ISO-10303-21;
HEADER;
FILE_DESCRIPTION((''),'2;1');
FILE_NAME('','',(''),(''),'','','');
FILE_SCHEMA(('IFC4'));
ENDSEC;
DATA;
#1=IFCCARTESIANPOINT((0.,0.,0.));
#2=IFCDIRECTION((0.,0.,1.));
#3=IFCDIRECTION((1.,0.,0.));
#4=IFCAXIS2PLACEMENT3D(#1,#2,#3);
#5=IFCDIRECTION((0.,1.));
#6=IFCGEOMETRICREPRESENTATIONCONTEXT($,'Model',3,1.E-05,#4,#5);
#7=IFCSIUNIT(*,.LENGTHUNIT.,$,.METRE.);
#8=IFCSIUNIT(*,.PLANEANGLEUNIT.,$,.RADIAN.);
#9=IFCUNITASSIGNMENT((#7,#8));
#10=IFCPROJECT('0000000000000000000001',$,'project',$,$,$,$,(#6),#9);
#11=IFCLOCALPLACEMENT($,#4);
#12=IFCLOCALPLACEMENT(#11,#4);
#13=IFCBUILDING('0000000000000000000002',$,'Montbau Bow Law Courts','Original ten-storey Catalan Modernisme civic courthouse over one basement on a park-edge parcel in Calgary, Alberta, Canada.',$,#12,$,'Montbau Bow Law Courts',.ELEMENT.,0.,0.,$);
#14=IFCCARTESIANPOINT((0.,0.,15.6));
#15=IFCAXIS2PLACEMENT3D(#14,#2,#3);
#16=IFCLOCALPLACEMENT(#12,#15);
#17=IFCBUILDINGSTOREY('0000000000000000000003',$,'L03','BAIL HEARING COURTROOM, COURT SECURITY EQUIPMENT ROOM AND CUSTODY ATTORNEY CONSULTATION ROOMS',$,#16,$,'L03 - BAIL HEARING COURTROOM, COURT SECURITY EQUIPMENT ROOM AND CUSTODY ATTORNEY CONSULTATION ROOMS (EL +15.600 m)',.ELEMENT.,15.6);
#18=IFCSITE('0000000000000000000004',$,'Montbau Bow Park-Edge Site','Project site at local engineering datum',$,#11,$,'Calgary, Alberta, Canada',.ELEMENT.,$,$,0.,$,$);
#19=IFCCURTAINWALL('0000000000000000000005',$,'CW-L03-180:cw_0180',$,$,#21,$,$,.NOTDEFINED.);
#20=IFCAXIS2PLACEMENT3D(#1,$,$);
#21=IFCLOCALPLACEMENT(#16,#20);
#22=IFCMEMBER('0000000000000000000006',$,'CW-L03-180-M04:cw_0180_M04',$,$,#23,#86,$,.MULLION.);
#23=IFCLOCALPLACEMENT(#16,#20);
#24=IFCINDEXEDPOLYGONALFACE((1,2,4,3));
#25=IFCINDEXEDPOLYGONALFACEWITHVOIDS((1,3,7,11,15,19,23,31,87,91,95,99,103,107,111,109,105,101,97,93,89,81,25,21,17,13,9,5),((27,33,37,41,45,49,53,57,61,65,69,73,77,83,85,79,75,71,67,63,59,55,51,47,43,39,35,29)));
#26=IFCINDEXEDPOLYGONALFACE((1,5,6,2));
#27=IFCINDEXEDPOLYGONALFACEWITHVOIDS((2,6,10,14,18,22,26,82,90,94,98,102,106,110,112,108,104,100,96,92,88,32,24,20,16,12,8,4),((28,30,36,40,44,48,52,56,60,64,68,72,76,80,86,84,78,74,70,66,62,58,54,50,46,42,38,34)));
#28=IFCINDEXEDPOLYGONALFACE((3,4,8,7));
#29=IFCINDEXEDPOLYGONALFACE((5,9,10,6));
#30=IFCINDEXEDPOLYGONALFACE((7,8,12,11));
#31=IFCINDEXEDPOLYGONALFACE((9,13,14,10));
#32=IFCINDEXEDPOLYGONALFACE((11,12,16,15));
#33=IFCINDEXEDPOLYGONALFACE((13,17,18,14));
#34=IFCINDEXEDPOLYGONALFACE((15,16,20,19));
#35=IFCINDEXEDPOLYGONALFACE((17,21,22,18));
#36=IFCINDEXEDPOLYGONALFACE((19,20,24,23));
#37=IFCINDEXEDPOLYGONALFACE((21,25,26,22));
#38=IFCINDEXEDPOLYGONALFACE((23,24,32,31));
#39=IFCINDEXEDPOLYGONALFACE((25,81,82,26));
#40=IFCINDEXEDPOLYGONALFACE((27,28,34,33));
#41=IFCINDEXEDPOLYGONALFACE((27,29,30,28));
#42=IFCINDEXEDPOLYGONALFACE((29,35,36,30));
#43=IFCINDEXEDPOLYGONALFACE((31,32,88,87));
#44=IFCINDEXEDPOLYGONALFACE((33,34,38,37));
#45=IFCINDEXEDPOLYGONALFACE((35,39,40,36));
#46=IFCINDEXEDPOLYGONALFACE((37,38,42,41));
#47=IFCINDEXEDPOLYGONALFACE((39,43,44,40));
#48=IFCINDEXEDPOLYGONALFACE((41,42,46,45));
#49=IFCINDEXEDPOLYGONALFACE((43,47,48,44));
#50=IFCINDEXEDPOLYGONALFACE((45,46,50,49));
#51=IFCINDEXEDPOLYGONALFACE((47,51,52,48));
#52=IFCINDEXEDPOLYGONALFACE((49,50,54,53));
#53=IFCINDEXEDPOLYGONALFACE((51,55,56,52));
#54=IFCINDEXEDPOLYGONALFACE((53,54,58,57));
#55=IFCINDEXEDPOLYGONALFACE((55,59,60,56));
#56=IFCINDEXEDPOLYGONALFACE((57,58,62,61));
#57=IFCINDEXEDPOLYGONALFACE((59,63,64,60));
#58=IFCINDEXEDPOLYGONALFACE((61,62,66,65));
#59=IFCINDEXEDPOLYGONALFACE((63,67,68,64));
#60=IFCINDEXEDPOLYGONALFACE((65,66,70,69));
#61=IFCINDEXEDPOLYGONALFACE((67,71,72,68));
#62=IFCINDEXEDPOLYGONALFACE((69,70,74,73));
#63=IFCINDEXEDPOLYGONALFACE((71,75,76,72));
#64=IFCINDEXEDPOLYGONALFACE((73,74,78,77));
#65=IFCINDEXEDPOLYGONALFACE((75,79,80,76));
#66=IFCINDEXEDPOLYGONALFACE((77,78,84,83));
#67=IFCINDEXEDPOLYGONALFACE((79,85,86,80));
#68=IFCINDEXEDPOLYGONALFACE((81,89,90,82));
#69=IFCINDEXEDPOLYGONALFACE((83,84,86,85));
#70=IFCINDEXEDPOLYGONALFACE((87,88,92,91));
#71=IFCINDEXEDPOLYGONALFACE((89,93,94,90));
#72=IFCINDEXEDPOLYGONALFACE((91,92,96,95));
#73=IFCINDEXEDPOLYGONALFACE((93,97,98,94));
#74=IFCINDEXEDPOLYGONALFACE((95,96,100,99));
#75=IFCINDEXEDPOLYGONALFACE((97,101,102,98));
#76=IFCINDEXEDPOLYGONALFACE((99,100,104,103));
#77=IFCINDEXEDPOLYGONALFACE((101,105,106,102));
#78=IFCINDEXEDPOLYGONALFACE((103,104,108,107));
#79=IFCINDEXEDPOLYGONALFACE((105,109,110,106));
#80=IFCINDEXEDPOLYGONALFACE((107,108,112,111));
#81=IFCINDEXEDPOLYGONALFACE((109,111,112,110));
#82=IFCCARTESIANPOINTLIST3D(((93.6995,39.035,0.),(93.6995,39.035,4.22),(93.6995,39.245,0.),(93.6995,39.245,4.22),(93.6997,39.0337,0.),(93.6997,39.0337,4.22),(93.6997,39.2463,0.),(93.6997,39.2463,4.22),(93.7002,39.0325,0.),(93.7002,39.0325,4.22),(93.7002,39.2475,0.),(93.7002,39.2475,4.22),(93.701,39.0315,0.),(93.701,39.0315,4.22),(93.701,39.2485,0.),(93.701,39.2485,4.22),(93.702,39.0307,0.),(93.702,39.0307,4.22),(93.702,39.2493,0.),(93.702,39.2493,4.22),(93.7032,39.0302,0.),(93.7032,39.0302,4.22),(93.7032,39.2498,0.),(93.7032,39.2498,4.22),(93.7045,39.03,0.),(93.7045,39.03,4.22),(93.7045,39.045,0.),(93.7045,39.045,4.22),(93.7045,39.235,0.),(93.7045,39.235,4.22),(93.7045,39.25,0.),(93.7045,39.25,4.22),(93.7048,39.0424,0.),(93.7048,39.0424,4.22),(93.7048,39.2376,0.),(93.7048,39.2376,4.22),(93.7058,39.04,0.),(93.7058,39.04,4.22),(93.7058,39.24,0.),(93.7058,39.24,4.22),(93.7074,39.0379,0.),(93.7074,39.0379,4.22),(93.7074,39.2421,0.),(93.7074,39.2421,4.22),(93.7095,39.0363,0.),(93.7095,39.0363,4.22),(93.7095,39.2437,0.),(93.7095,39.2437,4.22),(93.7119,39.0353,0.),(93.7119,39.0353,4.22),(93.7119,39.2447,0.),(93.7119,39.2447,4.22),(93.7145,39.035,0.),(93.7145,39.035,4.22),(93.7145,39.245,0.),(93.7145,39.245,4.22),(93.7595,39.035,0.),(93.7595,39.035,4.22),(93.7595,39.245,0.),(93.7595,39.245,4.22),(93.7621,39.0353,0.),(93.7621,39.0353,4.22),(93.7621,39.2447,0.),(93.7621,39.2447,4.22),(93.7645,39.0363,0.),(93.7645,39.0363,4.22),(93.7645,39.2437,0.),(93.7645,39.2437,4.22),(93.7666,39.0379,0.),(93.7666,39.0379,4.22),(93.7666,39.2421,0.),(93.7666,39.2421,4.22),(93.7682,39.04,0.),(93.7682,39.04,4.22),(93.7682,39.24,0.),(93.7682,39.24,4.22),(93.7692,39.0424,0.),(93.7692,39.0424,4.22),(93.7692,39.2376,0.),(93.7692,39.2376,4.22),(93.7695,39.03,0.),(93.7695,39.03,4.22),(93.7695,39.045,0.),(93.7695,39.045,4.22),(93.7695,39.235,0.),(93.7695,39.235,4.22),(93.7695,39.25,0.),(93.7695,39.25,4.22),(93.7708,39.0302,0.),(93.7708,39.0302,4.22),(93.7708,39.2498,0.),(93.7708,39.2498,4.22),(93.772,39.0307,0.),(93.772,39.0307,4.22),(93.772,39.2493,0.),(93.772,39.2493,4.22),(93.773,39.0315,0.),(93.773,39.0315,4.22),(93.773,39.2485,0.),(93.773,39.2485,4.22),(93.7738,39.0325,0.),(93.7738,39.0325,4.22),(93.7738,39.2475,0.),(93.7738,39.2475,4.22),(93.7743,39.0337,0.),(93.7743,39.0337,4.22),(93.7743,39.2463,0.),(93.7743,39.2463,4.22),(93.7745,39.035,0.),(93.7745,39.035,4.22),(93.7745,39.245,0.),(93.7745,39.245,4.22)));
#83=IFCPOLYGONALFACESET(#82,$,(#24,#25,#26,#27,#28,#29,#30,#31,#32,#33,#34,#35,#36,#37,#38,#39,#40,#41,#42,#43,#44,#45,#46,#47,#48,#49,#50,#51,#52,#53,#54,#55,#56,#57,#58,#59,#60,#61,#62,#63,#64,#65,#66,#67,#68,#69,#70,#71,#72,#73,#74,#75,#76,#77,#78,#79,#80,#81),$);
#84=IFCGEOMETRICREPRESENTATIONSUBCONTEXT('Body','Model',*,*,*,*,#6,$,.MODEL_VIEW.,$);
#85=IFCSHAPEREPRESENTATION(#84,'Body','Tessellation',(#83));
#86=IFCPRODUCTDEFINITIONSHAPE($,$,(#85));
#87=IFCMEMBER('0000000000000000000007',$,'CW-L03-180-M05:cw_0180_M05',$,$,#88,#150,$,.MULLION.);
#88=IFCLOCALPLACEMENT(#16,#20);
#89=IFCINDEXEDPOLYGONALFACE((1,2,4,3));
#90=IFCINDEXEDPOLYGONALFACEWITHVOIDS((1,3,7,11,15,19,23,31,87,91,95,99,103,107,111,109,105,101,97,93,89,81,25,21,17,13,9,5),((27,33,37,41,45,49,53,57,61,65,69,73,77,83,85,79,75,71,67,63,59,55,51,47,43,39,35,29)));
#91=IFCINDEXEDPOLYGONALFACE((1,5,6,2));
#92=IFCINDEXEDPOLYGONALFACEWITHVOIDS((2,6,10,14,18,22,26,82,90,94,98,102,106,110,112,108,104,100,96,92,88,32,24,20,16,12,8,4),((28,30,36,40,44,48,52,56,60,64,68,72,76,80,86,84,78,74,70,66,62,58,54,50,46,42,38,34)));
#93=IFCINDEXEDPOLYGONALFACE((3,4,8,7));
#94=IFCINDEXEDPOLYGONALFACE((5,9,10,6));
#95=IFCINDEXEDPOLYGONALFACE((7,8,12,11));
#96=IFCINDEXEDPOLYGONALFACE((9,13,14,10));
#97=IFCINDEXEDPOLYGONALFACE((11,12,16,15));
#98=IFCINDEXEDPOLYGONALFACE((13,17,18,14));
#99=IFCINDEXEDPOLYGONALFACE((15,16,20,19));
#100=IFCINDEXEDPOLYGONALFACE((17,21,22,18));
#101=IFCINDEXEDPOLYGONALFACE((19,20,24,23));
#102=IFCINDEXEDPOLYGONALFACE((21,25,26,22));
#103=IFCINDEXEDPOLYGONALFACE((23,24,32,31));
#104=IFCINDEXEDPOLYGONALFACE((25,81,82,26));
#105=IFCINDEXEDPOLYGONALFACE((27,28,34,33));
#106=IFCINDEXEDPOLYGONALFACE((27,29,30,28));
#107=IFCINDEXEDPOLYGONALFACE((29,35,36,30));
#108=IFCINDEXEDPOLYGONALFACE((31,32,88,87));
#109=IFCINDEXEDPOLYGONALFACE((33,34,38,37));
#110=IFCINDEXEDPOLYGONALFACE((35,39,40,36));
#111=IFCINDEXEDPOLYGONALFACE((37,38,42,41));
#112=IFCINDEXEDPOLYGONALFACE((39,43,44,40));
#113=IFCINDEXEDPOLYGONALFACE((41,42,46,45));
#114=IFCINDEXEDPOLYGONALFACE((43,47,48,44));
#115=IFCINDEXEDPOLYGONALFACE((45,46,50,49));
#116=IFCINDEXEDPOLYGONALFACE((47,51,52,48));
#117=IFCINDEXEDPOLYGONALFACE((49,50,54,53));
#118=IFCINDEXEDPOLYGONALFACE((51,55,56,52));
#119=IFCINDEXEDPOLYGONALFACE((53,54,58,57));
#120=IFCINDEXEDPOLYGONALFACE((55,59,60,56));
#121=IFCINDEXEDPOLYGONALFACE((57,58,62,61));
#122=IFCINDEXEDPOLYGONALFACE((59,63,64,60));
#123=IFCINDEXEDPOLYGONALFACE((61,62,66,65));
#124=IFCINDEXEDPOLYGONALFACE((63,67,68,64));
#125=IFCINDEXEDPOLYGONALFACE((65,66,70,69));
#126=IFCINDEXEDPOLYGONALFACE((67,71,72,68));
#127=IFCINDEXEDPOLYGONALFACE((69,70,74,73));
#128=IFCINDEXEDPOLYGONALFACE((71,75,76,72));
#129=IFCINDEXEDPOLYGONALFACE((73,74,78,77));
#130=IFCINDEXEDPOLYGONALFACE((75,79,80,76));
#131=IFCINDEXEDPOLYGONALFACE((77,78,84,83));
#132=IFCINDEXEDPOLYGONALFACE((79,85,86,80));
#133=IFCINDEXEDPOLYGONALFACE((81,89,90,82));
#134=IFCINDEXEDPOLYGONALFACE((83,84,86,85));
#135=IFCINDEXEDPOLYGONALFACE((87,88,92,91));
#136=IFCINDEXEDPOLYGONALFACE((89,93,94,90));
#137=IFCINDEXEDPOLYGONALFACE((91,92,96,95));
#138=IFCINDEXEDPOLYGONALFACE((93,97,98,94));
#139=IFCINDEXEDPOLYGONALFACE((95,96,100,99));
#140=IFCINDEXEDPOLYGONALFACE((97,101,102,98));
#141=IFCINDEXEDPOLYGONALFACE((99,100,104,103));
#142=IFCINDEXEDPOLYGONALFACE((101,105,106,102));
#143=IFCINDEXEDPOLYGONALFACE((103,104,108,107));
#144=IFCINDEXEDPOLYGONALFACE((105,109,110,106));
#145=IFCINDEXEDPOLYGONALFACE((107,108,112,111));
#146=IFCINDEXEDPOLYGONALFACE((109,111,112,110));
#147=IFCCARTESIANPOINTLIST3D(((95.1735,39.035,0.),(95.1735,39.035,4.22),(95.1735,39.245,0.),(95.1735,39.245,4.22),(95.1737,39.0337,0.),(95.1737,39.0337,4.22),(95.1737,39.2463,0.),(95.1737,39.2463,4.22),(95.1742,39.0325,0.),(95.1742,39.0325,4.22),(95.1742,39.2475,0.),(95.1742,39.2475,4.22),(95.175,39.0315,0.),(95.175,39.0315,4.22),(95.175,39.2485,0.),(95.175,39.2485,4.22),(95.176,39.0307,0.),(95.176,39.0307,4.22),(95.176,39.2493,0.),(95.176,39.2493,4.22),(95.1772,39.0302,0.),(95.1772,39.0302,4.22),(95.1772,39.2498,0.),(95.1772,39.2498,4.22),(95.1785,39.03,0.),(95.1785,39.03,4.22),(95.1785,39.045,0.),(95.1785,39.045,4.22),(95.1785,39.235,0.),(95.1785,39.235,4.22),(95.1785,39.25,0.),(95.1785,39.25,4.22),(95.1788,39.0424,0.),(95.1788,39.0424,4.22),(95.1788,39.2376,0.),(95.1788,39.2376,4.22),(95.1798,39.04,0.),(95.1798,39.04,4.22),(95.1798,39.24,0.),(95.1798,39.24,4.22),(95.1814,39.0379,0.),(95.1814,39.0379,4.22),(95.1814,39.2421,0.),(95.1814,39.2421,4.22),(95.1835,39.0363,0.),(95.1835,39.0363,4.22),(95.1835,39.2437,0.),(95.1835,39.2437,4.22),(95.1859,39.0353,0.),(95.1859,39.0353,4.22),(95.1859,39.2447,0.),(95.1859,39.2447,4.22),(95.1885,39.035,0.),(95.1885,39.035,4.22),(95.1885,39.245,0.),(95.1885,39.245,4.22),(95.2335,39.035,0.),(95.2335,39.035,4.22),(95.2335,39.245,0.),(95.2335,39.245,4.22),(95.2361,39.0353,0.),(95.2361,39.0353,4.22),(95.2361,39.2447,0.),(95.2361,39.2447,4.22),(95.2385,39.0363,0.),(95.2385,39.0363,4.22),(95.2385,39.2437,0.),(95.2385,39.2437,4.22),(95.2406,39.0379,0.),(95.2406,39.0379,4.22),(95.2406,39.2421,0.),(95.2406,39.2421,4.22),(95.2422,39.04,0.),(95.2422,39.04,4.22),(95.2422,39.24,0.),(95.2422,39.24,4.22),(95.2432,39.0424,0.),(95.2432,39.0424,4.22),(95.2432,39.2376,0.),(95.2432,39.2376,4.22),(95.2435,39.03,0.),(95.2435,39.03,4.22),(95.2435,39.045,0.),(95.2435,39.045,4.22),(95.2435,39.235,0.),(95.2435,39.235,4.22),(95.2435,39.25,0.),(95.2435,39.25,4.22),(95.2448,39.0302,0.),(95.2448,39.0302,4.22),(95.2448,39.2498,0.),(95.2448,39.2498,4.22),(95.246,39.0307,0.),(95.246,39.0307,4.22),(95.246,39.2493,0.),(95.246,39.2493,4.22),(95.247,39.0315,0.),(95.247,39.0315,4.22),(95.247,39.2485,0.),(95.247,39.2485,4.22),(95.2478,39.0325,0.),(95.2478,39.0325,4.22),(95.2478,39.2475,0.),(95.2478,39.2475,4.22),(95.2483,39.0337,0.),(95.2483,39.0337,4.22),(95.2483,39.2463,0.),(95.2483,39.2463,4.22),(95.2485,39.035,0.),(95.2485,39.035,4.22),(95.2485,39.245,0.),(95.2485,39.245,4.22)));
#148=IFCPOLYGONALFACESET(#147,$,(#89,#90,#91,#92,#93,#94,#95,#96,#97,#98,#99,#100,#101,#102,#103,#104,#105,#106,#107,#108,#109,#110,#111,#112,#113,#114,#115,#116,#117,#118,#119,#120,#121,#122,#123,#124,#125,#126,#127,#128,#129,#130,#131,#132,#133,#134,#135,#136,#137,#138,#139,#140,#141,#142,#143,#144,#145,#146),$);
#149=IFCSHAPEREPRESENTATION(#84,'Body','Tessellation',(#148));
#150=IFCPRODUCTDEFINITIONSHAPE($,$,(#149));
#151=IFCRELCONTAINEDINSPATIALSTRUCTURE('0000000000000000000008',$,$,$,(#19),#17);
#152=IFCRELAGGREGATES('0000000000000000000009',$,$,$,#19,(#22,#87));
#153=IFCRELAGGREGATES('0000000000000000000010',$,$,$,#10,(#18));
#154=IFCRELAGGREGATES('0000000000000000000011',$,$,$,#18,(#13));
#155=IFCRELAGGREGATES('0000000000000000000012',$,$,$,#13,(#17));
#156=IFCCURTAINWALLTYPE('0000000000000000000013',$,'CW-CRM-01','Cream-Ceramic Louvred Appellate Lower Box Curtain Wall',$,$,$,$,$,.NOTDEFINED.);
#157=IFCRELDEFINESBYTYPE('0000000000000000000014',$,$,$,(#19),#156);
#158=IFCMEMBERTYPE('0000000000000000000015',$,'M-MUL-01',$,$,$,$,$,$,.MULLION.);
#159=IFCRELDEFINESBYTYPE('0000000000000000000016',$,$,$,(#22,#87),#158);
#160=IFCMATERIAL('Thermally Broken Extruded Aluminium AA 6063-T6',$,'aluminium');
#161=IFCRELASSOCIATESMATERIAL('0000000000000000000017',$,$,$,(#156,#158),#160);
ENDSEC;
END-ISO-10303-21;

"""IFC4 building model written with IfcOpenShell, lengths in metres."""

from ifc_helpers import new_model, si_unit, direction, frame, origin_with_axes, origin_2d_with_axis, place, context, subcontext, project, spatial, hollow_rectangle, extrude, material, material_profile, profile_set, type_object, element, aggregate, save


model = new_model("IFC4")

# Units and contexts
model_context = context("Model", 3, precision=1e-05, world=origin_with_axes(), true_north=direction((0.0, 1.0)))
body_context = subcontext(model_context, "Body", "Model", "MODEL_VIEW")
ifc_project = project(units=[si_unit("LENGTHUNIT", "METRE"), si_unit("PLANEANGLEUNIT", "RADIAN")], contexts=[model_context])

# Site, building, storey
site_placement = place(None, origin_with_axes())
site = spatial("IfcSite", under=ifc_project, at=site_placement, Name="Montbau Bow Park-Edge Site", Description="Project site at local engineering datum", LongName="Calgary, Alberta, Canada", CompositionType="ELEMENT", RefElevation=0.0)
building_placement = place(site_placement, origin_with_axes())
building = spatial("IfcBuilding", under=site, at=building_placement, Name="Montbau Bow Law Courts", Description="Original ten-storey Catalan Modernisme civic courthouse over one basement on a park-edge parcel in Calgary, Alberta, Canada.", LongName="Montbau Bow Law Courts", CompositionType="ELEMENT", ElevationOfRefHeight=0.0, ElevationOfTerrain=0.0)
storey_placement = place(building_placement, frame((0.0, 0.0, 15.6), z_axis=(0.0, 0.0, 1.0), x_axis=(1.0, 0.0, 0.0)))
storey = spatial("IfcBuildingStorey", under=building, at=storey_placement, Name="L03", Description="BAIL HEARING COURTROOM, COURT SECURITY EQUIPMENT ROOM AND CUSTODY ATTORNEY CONSULTATION ROOMS", LongName="L03 - BAIL HEARING COURTROOM, COURT SECURITY EQUIPMENT ROOM AND CUSTODY ATTORNEY CONSULTATION ROOMS (EL +15.600 m)", CompositionType="ELEMENT", Elevation=15.6)

# Curtain wall, members
ifc_material_1 = material(Name="Thermally Broken Extruded Aluminium AA 6063-T6", Category="aluminium")
curtain_wall_type = type_object("IfcCurtainWallType", Name="CW-CRM-01", Description="Cream-Ceramic Louvred Appellate Lower Box Curtain Wall", PredefinedType="NOTDEFINED", material=ifc_material_1)
curtain_wall_placement = place(None, frame((89.315, 39.14, 15.6), z_axis=(0.0, 0.0, 1.0), x_axis=(1.0, 0.0, 0.0)))
curtain_wall = element("IfcCurtainWall", 1, at=curtain_wall_placement, inside=storey, type_object=curtain_wall_type, Name="CW-L03-180:cw_0180", PredefinedType="NOTDEFINED")
ifc_material_profile_1 = material_profile(ifc_material_1, hollow_rectangle(XDim=0.075, YDim=0.22, WallThickness=0.005, InnerFilletRadius=0.01, OuterFilletRadius=0.005, at=origin_2d_with_axis()), Name="CWM-220X75", Category="Main", Priority=0)
ifc_profile_set_1 = profile_set([ifc_material_profile_1], Name="Thermally Broken Extruded Aluminium AA 6063-T6")
member_type_1 = type_object("IfcMemberType", Name="M-MUL-01", PredefinedType="MULLION", material=ifc_profile_set_1)
member_1_placement = place(None, frame((93.737, 39.14, 15.6), z_axis=(0.0, 0.0, 1.0), x_axis=(1.0, 0.0, 0.0)))
member_1 = element("IfcMember", 2, at=member_1_placement, type_object=member_type_1, Name="CW-L03-180-M04:cw_0180_M04", PredefinedType="MULLION", context=body_context, shape_type="SweptSolid", body=[
    extrude(hollow_rectangle(XDim=0.075, YDim=0.22, WallThickness=0.005, InnerFilletRadius=0.01, OuterFilletRadius=0.005, at=origin_2d_with_axis()), origin_with_axes(), (0.0, 0.0, 1.0), 4.22),
])
member_2_placement = place(None, frame((95.211, 39.14, 15.6), z_axis=(0.0, 0.0, 1.0), x_axis=(1.0, 0.0, 0.0)))
member_2 = element("IfcMember", 3, at=member_2_placement, type_object=member_type_1, Name="CW-L03-180-M05:cw_0180_M05", PredefinedType="MULLION", context=body_context, shape_type="SweptSolid", body=[
    extrude(hollow_rectangle(XDim=0.075, YDim=0.22, WallThickness=0.005, InnerFilletRadius=0.01, OuterFilletRadius=0.005, at=origin_2d_with_axis()), origin_with_axes(), (0.0, 0.0, 1.0), 4.22),
])
aggregate(curtain_wall, [member_1, member_2])

save(model, "model.ifc")
